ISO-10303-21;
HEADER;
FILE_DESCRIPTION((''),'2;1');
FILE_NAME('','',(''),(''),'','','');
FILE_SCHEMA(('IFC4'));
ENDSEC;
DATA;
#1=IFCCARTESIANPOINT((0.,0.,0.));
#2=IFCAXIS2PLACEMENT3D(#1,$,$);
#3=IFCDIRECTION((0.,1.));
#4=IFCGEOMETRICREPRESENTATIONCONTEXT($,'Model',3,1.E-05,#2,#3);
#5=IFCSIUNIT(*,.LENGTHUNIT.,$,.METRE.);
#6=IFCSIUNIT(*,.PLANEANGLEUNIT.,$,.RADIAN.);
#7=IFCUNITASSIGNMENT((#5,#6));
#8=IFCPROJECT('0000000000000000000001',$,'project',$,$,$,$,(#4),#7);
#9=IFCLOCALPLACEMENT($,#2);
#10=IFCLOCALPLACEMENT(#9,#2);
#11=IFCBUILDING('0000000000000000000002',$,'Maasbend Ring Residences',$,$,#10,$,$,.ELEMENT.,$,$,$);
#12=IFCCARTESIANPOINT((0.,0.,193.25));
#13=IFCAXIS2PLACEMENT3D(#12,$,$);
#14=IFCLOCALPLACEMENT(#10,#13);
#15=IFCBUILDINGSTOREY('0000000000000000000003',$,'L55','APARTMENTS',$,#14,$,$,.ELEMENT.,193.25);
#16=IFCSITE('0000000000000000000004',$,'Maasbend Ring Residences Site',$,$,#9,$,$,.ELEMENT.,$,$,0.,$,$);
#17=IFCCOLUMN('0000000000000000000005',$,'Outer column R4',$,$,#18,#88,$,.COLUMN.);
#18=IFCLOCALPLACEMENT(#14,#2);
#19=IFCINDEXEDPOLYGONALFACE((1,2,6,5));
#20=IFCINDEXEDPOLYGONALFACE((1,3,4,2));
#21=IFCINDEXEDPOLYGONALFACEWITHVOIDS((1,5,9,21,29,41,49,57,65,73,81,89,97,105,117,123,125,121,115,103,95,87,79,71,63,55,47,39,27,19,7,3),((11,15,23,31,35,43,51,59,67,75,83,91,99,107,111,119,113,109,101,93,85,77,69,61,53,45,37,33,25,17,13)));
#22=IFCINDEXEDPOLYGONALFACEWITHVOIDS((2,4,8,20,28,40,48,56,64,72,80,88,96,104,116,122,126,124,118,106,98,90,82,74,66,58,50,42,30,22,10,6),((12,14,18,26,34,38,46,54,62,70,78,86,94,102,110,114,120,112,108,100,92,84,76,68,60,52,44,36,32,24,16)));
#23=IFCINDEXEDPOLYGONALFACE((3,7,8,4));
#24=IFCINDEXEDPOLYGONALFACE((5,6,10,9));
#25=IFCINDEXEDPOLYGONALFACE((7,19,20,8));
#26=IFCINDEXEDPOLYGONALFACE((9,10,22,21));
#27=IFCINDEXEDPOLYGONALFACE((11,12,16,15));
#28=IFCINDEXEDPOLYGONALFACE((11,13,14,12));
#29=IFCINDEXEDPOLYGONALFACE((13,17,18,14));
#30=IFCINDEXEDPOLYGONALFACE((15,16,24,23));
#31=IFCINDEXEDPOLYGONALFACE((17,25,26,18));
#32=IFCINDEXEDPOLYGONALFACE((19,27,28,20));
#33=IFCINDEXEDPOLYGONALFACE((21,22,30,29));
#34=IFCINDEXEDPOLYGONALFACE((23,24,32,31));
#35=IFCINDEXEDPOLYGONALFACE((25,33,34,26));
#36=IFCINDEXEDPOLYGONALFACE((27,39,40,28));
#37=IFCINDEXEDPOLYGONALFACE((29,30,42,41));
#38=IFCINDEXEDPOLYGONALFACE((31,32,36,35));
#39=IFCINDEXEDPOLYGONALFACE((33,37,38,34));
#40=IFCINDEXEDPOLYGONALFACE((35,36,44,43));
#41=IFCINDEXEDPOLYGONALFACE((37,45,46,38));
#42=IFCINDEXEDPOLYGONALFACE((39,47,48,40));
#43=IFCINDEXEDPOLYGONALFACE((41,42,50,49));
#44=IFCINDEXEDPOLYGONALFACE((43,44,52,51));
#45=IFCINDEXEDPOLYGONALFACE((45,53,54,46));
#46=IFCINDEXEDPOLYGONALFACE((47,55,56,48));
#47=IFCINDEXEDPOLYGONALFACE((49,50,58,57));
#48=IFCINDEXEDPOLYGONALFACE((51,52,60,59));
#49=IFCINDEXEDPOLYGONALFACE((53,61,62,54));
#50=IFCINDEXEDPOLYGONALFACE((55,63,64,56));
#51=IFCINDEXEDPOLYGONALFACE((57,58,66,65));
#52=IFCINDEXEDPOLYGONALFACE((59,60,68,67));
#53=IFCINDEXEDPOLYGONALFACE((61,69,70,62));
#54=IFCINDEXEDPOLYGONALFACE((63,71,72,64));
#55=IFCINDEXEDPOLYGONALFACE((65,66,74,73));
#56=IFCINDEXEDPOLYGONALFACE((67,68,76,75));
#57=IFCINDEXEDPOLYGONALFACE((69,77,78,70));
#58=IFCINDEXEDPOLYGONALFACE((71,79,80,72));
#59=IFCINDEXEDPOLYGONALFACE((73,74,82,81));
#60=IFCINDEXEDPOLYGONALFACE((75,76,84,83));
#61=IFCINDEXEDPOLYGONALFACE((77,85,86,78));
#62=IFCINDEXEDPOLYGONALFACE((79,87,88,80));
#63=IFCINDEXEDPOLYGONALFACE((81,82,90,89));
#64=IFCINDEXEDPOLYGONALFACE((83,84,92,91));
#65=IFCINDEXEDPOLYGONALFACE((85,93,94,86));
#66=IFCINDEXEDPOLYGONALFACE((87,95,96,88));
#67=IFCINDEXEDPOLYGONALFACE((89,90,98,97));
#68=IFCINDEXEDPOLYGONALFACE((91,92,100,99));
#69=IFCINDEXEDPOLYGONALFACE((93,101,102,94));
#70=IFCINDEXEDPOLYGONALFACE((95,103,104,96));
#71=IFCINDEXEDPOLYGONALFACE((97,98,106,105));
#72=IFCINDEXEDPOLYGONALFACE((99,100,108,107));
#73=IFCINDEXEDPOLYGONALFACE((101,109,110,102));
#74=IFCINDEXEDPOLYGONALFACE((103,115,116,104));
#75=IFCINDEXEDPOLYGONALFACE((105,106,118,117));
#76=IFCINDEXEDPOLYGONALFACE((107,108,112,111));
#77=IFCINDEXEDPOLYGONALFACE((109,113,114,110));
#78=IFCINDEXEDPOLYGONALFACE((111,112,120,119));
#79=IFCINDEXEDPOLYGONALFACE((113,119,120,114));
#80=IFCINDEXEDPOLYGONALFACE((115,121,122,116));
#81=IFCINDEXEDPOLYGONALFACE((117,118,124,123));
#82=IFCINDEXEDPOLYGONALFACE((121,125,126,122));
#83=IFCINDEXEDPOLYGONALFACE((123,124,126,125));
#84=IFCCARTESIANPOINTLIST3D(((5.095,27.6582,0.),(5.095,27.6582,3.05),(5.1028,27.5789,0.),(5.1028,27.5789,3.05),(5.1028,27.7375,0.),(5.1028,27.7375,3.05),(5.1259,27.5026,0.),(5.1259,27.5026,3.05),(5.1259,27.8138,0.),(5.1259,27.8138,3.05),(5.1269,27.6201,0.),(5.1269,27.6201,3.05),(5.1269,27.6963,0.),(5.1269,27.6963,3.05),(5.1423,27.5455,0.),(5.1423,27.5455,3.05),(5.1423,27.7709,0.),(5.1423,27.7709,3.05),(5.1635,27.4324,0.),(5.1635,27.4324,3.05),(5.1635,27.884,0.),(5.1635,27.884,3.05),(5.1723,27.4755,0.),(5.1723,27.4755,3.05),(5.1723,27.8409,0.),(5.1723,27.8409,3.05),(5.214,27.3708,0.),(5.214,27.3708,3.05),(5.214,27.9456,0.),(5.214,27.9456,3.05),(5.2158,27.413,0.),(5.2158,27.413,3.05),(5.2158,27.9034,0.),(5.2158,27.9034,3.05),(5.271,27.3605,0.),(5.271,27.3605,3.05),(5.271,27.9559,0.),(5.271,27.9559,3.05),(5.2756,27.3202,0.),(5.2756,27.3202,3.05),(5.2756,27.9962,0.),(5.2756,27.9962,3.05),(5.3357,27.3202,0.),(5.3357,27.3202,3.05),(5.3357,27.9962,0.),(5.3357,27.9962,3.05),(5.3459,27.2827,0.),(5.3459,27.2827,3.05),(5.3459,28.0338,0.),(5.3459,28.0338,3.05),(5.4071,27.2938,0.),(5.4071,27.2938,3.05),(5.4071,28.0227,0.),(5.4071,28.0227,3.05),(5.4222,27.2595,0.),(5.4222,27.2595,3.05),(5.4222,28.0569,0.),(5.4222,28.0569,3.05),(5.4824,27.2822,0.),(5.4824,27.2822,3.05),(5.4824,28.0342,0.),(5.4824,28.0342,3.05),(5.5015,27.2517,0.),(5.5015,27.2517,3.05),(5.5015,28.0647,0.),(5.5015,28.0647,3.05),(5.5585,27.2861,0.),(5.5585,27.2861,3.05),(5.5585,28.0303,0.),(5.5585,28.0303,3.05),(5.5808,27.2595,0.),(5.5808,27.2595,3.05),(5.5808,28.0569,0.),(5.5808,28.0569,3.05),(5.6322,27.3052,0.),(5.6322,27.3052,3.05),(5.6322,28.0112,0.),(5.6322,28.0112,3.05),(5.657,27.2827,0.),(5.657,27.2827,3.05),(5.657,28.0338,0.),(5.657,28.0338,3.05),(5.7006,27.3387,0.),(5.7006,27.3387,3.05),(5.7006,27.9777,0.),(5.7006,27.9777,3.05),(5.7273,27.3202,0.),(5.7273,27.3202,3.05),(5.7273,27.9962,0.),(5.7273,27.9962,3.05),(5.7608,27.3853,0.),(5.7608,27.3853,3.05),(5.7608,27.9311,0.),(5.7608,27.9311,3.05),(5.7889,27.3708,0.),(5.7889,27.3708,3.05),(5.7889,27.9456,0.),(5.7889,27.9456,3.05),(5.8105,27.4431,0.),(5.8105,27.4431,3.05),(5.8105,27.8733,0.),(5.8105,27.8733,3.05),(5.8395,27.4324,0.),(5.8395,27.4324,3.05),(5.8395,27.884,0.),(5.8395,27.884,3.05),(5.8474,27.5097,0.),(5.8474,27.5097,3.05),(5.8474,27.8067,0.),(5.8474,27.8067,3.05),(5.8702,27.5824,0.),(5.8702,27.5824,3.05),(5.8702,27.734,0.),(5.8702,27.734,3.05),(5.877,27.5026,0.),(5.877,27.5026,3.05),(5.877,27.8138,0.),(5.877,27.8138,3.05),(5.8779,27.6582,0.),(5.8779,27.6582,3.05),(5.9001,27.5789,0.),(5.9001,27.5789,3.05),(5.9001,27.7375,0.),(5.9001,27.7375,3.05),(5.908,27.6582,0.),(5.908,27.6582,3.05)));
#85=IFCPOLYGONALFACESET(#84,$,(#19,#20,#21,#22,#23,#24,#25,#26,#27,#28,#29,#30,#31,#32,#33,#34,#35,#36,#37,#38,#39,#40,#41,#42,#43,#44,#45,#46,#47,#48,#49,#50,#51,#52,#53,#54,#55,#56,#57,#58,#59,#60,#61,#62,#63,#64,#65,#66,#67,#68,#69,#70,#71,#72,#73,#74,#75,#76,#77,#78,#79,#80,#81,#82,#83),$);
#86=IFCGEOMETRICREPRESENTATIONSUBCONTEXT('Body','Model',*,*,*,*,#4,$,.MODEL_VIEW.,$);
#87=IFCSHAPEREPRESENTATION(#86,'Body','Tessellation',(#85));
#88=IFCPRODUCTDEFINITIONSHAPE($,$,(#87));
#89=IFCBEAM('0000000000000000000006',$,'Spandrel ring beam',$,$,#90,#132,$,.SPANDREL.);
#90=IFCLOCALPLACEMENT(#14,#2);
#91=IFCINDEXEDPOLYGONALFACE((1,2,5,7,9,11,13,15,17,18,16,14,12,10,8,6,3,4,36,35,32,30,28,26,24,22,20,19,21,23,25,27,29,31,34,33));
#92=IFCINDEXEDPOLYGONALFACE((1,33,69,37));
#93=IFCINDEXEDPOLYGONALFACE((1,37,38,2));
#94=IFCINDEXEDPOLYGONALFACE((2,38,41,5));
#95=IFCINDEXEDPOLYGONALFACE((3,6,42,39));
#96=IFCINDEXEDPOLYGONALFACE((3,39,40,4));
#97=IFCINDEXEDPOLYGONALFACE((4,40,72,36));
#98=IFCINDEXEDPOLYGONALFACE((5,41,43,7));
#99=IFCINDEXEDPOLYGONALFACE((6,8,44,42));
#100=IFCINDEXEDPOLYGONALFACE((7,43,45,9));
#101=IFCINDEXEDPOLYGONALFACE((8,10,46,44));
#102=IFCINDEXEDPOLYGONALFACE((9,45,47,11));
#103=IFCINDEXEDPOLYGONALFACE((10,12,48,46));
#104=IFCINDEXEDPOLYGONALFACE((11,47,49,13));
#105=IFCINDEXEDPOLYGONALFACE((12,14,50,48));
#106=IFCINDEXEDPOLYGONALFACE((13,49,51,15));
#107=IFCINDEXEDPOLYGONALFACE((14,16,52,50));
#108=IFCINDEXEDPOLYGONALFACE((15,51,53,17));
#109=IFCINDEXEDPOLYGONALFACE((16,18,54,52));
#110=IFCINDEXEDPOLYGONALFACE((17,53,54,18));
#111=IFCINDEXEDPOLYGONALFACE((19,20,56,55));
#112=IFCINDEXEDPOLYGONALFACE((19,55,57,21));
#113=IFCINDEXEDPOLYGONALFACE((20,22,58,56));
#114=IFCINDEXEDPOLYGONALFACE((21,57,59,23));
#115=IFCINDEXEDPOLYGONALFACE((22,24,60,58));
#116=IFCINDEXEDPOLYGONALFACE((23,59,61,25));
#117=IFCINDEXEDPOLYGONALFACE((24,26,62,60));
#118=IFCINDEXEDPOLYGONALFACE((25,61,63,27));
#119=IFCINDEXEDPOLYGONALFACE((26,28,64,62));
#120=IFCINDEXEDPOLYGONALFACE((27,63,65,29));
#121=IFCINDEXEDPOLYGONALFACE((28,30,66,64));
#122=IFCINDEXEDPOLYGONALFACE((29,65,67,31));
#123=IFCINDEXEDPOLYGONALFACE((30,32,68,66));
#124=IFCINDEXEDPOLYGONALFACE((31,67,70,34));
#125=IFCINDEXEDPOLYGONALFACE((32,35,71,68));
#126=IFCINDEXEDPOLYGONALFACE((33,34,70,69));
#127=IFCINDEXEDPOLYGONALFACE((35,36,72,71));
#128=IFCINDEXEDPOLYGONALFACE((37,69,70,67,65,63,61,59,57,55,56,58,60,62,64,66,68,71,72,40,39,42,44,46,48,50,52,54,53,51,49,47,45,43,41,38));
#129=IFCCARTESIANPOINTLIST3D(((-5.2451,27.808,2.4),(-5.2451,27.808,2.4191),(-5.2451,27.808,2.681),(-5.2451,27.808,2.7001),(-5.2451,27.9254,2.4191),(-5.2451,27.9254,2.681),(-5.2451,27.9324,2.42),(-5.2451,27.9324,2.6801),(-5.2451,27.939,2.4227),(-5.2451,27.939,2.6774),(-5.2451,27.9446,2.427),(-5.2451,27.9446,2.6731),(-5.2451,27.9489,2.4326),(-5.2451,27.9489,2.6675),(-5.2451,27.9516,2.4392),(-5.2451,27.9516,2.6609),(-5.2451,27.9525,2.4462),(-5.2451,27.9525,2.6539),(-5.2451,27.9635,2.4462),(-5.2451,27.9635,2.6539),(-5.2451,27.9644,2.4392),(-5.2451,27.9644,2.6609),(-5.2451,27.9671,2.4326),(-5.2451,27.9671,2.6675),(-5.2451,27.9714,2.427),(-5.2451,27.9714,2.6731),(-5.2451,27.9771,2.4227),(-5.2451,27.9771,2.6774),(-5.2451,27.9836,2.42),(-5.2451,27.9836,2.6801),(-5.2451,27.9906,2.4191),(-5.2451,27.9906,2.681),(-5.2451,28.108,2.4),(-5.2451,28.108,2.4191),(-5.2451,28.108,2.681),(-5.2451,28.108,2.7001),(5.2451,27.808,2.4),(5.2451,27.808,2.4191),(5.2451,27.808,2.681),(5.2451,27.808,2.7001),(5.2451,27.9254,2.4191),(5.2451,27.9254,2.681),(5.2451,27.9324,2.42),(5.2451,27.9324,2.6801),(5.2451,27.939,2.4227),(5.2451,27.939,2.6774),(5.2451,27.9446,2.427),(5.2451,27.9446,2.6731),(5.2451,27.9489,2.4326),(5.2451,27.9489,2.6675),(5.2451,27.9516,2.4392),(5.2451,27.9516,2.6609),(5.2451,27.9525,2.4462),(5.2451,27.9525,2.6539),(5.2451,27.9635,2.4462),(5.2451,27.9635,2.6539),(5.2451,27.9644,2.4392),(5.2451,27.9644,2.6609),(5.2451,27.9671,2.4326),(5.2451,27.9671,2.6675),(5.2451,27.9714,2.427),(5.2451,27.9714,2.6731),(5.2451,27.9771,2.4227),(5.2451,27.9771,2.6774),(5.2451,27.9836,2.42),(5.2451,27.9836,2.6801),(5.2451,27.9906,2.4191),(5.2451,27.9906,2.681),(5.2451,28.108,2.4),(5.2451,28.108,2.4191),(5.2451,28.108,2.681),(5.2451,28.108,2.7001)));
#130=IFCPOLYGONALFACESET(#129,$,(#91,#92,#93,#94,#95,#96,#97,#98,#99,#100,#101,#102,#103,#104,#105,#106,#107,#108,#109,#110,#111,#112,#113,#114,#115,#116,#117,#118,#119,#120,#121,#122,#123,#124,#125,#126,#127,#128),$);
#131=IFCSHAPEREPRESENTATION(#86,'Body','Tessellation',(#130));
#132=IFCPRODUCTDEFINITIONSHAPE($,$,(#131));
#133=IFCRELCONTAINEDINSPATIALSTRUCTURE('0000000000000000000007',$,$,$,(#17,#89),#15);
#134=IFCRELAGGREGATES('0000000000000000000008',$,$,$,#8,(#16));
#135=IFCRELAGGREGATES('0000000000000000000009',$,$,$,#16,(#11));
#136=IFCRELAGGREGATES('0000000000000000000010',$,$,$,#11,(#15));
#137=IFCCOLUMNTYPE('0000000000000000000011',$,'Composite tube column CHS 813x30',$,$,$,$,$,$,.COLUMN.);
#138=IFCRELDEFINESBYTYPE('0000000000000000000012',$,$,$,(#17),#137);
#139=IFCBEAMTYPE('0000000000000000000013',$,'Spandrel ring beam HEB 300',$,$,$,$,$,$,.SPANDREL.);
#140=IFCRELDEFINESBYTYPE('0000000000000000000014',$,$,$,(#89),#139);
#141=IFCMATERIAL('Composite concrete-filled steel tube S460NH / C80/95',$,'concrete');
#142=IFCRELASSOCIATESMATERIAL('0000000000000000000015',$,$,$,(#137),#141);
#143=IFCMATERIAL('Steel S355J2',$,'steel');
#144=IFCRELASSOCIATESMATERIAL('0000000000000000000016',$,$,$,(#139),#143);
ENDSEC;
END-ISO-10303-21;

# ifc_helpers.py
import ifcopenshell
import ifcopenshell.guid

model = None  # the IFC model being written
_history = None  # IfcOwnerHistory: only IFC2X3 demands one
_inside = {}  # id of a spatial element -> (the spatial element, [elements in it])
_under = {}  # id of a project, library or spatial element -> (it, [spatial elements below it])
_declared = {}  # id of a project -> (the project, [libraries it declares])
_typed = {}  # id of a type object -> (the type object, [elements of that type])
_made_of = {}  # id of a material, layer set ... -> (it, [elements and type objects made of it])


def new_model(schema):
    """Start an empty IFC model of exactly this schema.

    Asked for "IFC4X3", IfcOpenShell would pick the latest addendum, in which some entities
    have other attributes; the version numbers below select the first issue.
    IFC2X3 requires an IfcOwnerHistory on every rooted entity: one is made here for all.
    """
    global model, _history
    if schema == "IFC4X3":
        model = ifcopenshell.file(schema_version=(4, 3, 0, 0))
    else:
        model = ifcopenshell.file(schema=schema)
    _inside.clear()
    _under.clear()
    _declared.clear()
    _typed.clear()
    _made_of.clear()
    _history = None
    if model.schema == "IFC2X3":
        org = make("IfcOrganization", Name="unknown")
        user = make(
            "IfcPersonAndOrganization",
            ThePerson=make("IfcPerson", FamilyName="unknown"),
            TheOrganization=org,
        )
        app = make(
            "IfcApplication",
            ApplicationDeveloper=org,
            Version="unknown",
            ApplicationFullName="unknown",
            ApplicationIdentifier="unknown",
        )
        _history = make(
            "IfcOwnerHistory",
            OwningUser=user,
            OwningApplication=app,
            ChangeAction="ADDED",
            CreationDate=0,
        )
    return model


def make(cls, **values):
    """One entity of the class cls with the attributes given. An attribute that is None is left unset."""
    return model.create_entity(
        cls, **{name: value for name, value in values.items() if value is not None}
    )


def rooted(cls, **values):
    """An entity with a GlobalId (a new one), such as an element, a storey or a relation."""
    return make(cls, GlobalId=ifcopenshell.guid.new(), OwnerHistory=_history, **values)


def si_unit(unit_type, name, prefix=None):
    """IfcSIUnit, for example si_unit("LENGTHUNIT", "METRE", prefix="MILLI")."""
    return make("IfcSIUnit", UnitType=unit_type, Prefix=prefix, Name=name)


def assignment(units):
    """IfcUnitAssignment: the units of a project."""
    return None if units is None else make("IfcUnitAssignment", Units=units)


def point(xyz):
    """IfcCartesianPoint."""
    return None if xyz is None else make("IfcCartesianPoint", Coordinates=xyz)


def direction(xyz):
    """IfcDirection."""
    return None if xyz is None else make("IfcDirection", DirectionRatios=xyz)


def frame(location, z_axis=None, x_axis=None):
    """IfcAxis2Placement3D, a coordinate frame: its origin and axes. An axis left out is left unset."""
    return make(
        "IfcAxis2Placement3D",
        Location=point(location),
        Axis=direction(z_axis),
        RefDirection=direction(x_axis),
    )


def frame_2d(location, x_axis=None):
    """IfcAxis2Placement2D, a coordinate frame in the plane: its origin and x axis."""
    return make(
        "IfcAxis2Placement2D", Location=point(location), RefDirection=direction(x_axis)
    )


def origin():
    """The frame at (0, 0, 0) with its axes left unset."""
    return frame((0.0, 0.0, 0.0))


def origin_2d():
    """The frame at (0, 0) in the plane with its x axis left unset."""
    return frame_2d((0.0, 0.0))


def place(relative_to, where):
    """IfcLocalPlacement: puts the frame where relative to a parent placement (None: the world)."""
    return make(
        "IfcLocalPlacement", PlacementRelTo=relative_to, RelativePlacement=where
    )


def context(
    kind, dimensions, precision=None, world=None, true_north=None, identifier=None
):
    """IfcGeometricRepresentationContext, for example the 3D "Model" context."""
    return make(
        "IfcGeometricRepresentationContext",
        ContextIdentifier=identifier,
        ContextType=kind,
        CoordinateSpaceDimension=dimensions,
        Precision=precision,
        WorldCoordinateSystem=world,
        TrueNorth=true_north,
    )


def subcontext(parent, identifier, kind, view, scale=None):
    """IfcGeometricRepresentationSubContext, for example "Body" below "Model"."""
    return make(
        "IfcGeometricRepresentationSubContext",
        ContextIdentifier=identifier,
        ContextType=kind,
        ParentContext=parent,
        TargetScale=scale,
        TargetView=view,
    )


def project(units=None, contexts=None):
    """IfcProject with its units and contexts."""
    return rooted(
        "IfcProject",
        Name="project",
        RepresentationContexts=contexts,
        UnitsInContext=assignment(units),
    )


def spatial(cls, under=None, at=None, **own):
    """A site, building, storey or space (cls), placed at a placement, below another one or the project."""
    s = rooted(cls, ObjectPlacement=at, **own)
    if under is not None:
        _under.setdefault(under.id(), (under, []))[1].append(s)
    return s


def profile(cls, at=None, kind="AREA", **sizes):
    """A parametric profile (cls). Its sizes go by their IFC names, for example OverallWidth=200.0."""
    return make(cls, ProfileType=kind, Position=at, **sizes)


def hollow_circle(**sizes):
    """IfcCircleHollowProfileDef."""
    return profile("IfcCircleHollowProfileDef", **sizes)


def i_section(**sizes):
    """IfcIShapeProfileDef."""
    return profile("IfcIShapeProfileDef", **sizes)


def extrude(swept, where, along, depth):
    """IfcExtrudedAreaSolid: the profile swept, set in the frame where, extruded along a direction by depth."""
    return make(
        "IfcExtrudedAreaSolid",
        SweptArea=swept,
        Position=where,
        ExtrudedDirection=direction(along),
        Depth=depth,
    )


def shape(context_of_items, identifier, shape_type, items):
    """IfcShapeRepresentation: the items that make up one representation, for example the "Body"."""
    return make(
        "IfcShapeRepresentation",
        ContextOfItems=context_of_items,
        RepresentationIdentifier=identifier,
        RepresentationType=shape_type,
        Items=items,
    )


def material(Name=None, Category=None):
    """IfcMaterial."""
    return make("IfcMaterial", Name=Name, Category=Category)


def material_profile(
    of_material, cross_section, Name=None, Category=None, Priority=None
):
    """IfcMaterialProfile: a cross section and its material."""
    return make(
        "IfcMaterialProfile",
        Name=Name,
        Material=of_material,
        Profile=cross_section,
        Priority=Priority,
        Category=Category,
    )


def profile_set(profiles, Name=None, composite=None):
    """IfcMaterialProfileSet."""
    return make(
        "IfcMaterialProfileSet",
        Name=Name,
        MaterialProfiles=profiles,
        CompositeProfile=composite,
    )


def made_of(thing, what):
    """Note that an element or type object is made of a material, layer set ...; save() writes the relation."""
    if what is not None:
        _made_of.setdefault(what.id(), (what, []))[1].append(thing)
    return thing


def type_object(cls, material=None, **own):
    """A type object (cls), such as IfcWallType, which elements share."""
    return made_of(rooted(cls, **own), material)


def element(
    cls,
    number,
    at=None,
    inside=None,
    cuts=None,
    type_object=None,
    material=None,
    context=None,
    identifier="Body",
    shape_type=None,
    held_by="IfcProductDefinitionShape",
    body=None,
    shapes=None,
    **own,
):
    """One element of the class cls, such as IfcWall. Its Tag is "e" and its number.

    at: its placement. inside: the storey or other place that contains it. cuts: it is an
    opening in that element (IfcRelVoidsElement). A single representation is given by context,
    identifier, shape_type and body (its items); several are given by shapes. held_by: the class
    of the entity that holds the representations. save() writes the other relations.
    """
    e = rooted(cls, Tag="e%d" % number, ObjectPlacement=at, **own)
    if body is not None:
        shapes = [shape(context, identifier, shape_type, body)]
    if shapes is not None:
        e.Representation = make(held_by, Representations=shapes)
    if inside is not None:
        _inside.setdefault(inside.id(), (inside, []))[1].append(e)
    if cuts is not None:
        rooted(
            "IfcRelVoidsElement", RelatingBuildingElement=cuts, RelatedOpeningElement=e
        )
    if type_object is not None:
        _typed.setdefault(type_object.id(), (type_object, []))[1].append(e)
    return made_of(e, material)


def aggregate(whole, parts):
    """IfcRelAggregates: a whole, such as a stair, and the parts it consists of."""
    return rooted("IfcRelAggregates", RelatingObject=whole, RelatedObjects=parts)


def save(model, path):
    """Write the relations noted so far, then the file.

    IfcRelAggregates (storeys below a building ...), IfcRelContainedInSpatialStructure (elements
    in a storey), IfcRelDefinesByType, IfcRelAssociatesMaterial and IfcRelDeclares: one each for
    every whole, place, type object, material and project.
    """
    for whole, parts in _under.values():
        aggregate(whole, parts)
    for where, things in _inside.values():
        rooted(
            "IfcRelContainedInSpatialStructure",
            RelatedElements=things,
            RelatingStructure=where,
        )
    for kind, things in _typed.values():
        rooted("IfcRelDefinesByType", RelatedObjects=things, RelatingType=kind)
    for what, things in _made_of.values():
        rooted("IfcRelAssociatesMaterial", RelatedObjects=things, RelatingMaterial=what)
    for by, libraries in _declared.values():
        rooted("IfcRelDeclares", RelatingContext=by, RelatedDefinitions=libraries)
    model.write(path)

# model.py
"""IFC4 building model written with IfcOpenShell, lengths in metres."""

from ifc_helpers import new_model, si_unit, direction, frame, origin, origin_2d, place, context, subcontext, project, spatial, hollow_circle, i_section, extrude, material, material_profile, profile_set, type_object, element, save


model = new_model("IFC4")

# Units and contexts
model_context = context("Model", 3, precision=1e-05, world=origin(), true_north=direction((0.0, 1.0)))
body_context = subcontext(model_context, "Body", "Model", "MODEL_VIEW")
ifc_project = project(units=[si_unit("LENGTHUNIT", "METRE"), si_unit("PLANEANGLEUNIT", "RADIAN")], contexts=[model_context])

# Site, building, storey
site_placement = place(None, origin())
site = spatial("IfcSite", under=ifc_project, at=site_placement, Name="Maasbend Ring Residences Site", CompositionType="ELEMENT", RefElevation=0.0)
building_placement = place(site_placement, origin())
building = spatial("IfcBuilding", under=site, at=building_placement, Name="Maasbend Ring Residences", CompositionType="ELEMENT")
storey_placement = place(building_placement, frame((0.0, 0.0, 193.25)))
storey = spatial("IfcBuildingStorey", under=building, at=storey_placement, Name="L55", Description="APARTMENTS", CompositionType="ELEMENT", Elevation=193.25)

# Column
ifc_material_1 = material(Name="Composite concrete-filled steel tube S460NH / C80/95", Category="concrete")
ifc_material_profile_1 = material_profile(ifc_material_1, hollow_circle(Radius=0.4065, WallThickness=0.03, at=origin_2d()), Name="Composite tube column CHS 813x30")
ifc_profile_set_1 = profile_set([ifc_material_profile_1], Name="Composite concrete-filled steel tube S460NH / C80/95")
column_type = type_object("IfcColumnType", Name="Composite tube column CHS 813x30", PredefinedType="COLUMN", material=ifc_profile_set_1)
column_placement = place(storey_placement, frame((5.5015, 27.6582, 0.0), z_axis=(0.0, 0.0, 1.0), x_axis=(1.0, 0.0, 0.0)))
element("IfcColumn", 1, at=column_placement, inside=storey, type_object=column_type, Name="Outer column R4", PredefinedType="COLUMN", context=body_context, shape_type="SweptSolid", body=[
    extrude(hollow_circle(Radius=0.4065, WallThickness=0.03, at=origin_2d()), origin(), (0.0, 0.0, 1.0), 3.05),
])

# Beam
ifc_material_2 = material(Name="Steel S355J2", Category="steel")
ifc_material_profile_2 = material_profile(ifc_material_2, i_section(OverallWidth=0.3, OverallDepth=0.3, WebThickness=0.011, FlangeThickness=0.019, FilletRadius=0.0271, at=origin_2d()), Name="HEB 300")
ifc_profile_set_2 = profile_set([ifc_material_profile_2], Name="Steel S355J2")
beam_type = type_object("IfcBeamType", Name="Spandrel ring beam HEB 300", PredefinedType="SPANDREL", material=ifc_profile_set_2)
beam_placement = place(storey_placement, frame((5.2451, 27.958, 2.55), z_axis=(-1.0, 0.0, 0.0), x_axis=(0.0, -1.0, 0.0)))
element("IfcBeam", 2, at=beam_placement, inside=storey, type_object=beam_type, Name="Spandrel ring beam", PredefinedType="SPANDREL", context=body_context, shape_type="SweptSolid", body=[
    extrude(i_section(OverallWidth=0.3, OverallDepth=0.3, WebThickness=0.011, FlangeThickness=0.019, FilletRadius=0.0271, at=origin_2d()), origin(), (0.0, 0.0, 1.0), 10.4902),
])

save(model, "model.ifc")
